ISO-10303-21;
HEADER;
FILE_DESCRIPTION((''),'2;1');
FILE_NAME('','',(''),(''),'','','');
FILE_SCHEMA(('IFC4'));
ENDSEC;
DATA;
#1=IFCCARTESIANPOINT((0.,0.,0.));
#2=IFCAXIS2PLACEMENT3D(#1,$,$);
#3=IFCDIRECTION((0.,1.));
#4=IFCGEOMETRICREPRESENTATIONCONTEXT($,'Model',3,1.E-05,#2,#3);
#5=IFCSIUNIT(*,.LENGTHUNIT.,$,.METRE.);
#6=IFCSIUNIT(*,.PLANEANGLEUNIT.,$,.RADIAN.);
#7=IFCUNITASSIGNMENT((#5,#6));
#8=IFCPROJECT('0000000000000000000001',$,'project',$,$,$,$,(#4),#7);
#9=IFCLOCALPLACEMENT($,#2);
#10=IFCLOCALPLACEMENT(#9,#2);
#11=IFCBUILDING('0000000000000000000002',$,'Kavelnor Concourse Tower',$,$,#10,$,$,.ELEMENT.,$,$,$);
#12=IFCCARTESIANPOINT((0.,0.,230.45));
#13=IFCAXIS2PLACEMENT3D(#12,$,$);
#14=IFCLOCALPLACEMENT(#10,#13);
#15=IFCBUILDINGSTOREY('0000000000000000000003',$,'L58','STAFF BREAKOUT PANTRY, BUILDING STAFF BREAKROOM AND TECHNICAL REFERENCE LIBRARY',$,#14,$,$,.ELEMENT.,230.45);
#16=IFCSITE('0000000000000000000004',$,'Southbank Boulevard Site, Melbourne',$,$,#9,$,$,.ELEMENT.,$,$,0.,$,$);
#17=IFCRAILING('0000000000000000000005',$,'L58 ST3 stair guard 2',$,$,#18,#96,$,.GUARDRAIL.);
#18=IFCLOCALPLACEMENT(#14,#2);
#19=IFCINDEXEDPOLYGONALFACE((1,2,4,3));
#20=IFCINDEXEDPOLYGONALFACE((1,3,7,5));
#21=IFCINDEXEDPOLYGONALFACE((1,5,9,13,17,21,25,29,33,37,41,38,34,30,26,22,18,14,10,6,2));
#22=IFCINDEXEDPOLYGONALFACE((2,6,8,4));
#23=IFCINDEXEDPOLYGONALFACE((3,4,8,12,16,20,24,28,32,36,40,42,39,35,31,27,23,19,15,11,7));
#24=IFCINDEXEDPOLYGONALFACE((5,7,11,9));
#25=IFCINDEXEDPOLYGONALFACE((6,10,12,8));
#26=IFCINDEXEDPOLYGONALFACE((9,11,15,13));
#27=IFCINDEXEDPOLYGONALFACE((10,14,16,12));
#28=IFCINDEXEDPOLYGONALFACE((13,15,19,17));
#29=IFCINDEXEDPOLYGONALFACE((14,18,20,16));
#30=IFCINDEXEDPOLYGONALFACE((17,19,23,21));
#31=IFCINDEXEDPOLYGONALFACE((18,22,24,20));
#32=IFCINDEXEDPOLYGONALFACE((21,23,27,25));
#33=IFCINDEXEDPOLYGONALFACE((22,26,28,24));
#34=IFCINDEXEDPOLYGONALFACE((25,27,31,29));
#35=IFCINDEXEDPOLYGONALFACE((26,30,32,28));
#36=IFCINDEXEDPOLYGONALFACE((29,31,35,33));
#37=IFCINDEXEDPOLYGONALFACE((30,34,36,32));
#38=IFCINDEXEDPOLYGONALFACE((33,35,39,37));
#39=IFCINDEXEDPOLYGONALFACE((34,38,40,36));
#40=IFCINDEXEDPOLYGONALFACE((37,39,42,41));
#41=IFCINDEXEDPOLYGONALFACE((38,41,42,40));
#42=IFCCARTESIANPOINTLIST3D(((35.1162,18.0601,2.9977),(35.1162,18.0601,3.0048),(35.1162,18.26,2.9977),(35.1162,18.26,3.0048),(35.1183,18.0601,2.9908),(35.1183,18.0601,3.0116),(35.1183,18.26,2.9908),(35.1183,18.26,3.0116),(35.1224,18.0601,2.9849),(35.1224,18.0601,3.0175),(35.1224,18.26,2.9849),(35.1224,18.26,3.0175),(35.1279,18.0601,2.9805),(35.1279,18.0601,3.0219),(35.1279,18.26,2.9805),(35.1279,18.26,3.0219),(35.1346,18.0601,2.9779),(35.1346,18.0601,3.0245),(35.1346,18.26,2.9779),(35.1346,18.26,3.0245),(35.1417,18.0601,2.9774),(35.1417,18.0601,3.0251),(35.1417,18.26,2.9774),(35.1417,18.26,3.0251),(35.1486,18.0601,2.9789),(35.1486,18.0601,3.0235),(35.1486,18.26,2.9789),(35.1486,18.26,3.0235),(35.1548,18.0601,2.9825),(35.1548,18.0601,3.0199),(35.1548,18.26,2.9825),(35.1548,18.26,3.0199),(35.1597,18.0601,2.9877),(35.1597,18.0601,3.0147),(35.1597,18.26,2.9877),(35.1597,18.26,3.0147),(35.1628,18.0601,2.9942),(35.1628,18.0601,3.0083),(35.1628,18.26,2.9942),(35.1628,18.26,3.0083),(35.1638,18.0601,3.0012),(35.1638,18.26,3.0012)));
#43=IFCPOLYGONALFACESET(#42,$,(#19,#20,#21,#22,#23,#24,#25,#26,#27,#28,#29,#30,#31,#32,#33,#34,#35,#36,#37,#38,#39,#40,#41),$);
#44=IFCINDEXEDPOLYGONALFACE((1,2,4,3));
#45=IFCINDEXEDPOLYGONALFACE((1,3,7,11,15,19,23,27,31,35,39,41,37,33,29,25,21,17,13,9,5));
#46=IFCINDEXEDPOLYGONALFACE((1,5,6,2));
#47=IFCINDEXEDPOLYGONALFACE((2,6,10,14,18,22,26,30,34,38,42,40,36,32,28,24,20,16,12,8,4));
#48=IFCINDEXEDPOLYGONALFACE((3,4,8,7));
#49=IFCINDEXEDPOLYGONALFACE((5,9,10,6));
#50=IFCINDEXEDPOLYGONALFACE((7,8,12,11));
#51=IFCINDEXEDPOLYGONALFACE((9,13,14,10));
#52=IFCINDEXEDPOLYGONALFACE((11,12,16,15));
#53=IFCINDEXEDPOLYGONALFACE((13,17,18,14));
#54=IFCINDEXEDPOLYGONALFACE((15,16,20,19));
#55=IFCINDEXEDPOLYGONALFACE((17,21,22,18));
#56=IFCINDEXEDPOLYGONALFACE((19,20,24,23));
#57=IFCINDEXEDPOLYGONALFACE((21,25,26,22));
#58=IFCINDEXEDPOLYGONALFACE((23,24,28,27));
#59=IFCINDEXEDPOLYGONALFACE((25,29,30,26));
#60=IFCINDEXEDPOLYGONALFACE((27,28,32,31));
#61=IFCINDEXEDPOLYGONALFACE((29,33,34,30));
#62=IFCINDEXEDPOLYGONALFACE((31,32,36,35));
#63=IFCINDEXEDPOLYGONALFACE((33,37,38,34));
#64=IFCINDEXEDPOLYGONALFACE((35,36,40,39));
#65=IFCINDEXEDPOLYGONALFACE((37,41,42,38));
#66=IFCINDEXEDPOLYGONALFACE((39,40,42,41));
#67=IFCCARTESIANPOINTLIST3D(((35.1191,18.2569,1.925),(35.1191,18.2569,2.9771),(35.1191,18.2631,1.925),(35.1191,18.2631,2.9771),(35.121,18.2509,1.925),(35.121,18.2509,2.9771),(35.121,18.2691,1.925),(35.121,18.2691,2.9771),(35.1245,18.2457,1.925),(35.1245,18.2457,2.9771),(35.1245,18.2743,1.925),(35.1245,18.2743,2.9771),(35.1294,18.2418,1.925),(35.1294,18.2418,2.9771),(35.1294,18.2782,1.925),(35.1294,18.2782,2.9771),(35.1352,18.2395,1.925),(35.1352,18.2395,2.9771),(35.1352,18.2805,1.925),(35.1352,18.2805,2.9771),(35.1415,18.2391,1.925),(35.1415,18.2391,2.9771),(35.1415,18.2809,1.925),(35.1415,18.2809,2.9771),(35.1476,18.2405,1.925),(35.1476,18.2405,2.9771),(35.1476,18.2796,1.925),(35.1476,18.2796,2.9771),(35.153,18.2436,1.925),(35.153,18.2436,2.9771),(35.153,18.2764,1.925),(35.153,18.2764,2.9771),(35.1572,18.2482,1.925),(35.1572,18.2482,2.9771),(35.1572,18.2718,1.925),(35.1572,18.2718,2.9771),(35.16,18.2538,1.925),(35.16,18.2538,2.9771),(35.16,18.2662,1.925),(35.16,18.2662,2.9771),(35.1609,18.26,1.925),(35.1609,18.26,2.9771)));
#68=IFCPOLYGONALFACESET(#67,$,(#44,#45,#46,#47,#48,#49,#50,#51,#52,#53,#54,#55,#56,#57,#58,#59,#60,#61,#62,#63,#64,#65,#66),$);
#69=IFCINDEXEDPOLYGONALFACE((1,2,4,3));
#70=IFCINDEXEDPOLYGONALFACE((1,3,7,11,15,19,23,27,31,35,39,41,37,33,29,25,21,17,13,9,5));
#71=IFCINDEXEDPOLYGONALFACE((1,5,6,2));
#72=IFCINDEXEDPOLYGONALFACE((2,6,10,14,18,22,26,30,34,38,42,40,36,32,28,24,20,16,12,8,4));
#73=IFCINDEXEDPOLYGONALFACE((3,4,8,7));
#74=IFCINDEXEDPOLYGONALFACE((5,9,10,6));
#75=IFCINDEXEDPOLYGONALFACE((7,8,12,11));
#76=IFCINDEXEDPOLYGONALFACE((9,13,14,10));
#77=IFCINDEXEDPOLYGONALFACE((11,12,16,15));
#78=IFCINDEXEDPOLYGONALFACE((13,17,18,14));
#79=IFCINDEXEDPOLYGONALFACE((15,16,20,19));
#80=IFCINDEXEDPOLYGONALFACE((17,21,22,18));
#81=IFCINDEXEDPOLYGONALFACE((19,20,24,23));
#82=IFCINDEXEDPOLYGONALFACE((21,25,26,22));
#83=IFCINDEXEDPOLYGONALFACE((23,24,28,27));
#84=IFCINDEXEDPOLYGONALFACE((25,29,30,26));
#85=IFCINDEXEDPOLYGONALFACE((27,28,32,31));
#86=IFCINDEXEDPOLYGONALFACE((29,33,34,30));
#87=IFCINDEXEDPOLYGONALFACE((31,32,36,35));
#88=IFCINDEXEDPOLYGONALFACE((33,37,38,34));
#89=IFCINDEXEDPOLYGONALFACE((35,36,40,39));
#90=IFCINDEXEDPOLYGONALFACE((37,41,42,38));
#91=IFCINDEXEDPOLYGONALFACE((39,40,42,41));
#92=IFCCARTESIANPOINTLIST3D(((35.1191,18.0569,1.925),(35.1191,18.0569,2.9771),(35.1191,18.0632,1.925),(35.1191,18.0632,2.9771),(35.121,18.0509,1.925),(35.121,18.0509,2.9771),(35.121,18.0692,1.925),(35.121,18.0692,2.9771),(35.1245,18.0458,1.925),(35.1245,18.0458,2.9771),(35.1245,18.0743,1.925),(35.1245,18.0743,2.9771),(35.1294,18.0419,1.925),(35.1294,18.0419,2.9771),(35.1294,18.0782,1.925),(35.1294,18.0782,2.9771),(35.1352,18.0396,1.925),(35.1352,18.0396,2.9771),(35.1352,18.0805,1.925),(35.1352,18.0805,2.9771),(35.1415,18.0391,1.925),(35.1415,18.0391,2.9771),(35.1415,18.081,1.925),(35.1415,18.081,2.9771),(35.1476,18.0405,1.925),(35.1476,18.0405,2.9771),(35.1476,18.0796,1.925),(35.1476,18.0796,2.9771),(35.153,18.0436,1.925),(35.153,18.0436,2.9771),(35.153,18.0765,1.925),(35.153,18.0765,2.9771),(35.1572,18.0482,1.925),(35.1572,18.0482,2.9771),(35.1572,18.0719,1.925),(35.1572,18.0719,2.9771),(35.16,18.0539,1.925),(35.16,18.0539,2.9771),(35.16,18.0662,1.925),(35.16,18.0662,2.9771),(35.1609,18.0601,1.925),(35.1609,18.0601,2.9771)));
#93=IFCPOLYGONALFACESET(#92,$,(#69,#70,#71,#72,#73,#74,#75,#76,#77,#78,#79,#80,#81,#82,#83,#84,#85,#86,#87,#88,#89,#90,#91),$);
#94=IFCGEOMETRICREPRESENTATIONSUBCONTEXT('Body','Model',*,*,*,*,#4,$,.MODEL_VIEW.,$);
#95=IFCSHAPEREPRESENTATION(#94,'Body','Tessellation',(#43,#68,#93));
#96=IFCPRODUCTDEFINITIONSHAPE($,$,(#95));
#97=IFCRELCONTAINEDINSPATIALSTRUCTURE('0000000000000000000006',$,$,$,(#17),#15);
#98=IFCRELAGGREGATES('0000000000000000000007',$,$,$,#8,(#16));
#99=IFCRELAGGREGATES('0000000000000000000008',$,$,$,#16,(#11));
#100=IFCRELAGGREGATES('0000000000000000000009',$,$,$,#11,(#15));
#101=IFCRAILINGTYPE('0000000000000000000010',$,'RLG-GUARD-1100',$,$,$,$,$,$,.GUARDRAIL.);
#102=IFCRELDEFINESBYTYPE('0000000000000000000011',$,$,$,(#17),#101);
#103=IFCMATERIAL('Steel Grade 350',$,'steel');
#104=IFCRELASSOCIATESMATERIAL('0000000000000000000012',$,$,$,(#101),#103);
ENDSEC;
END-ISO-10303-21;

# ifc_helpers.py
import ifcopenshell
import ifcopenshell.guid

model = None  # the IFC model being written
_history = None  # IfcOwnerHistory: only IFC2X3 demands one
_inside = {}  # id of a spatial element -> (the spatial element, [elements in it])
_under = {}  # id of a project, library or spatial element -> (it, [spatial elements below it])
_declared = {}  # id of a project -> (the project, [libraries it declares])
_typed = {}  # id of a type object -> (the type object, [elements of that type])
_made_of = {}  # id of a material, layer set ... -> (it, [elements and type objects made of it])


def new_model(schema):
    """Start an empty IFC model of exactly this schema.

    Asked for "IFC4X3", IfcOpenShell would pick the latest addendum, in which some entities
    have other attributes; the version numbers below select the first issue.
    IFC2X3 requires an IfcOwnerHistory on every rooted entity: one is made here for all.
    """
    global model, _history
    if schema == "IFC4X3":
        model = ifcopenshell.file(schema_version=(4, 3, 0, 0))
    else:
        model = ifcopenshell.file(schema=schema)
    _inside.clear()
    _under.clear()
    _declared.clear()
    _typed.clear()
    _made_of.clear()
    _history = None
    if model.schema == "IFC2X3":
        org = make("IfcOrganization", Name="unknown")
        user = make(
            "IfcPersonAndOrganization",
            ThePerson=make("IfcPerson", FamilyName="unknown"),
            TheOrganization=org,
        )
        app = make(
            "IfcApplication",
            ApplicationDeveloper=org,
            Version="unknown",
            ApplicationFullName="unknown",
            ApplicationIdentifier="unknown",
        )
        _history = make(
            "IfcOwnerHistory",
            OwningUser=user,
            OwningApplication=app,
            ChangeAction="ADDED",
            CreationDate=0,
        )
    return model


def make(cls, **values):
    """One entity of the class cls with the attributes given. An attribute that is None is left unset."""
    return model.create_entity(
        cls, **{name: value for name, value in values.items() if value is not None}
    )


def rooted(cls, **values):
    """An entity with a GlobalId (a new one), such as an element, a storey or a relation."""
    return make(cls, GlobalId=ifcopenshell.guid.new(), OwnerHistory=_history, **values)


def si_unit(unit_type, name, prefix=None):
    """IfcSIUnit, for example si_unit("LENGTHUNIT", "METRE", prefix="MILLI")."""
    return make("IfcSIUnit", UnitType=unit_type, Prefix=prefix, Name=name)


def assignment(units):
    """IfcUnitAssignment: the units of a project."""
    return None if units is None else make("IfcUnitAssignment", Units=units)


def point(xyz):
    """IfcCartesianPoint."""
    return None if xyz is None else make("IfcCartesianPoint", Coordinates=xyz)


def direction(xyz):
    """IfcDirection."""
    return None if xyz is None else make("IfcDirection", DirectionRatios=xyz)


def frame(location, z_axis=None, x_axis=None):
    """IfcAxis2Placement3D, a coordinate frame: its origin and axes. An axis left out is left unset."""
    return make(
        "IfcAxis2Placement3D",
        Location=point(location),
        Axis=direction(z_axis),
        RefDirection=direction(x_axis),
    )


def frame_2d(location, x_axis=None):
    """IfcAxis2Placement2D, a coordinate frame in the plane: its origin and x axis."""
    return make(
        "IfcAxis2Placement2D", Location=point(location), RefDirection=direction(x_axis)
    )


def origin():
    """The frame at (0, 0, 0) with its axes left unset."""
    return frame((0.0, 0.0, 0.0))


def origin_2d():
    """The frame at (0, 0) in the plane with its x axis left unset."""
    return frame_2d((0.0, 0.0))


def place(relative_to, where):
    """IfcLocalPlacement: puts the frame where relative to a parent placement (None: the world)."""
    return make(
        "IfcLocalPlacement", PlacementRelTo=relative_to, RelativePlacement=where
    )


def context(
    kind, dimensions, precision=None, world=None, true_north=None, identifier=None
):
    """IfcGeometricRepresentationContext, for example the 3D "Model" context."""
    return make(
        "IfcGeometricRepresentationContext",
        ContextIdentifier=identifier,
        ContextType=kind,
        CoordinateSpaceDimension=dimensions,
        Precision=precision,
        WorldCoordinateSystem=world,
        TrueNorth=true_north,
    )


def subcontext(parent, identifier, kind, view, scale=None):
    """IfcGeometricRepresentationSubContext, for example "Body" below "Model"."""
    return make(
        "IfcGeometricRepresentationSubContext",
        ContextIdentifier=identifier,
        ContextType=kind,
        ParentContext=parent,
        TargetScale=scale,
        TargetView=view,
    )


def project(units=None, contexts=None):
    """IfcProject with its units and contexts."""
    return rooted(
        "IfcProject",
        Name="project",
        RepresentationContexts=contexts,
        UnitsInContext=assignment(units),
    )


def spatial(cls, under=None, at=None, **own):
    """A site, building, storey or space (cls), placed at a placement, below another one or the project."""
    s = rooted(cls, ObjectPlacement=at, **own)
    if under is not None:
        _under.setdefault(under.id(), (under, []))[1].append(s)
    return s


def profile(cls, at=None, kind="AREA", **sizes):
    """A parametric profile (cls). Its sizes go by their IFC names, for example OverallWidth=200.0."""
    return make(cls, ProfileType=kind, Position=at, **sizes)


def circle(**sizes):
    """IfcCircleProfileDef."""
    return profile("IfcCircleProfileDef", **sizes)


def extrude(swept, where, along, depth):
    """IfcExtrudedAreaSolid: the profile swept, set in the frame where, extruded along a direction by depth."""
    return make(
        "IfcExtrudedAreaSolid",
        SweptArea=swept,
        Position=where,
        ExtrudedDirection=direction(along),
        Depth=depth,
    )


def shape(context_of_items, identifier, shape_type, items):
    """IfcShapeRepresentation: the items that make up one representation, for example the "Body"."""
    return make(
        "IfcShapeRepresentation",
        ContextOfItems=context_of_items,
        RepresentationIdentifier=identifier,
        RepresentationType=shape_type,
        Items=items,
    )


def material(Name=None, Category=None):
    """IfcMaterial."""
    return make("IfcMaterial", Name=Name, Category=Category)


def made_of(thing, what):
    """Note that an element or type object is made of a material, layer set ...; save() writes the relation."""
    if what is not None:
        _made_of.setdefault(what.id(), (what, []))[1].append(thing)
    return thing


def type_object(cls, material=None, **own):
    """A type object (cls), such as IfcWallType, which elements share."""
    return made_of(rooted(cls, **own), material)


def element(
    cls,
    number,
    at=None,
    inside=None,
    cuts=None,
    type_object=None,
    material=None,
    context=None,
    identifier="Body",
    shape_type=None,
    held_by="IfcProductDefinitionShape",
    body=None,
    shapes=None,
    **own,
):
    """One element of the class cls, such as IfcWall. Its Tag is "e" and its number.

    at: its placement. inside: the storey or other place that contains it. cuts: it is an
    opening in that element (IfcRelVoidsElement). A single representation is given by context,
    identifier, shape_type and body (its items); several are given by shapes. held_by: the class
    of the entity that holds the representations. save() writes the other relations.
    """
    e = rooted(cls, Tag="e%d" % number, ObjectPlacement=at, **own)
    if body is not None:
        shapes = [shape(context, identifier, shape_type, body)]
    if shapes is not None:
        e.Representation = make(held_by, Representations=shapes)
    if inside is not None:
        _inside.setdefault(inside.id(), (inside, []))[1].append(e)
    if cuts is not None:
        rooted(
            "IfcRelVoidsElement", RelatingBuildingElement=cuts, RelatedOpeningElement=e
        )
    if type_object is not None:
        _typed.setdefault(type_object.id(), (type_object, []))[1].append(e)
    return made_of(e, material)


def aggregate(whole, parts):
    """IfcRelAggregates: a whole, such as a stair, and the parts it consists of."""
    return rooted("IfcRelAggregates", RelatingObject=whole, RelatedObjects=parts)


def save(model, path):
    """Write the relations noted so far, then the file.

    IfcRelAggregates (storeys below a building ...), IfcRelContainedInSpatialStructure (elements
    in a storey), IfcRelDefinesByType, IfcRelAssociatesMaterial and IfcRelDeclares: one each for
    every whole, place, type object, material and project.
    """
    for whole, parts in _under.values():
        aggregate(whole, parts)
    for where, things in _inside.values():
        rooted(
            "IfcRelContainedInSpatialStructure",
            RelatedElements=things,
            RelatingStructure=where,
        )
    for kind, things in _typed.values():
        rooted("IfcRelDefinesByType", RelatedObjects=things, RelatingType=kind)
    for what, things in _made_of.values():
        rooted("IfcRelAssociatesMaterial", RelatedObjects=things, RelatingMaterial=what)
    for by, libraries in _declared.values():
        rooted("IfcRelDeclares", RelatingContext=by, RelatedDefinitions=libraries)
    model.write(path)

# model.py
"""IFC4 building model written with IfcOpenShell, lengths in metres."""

from ifc_helpers import new_model, si_unit, direction, frame, origin, origin_2d, place, context, subcontext, project, spatial, circle, extrude, material, type_object, element, save


model = new_model("IFC4")

# Units and contexts
model_context = context("Model", 3, precision=1e-05, world=origin(), true_north=direction((0.0, 1.0)))
body_context = subcontext(model_context, "Body", "Model", "MODEL_VIEW")
ifc_project = project(units=[si_unit("LENGTHUNIT", "METRE"), si_unit("PLANEANGLEUNIT", "RADIAN")], contexts=[model_context])

# Site, building, storey
site_placement = place(None, origin())
site = spatial("IfcSite", under=ifc_project, at=site_placement, Name="Southbank Boulevard Site, Melbourne", CompositionType="ELEMENT", RefElevation=0.0)
building_placement = place(site_placement, origin())
building = spatial("IfcBuilding", under=site, at=building_placement, Name="Kavelnor Concourse Tower", CompositionType="ELEMENT")
storey_placement = place(building_placement, frame((0.0, 0.0, 230.45)))
storey = spatial("IfcBuildingStorey", under=building, at=storey_placement, Name="L58", Description="STAFF BREAKOUT PANTRY, BUILDING STAFF BREAKROOM AND TECHNICAL REFERENCE LIBRARY", CompositionType="ELEMENT", Elevation=230.45)

# Shared definitions
ifc_material_1 = material(Name="Steel Grade 350", Category="steel")

# Railing
railing_type_1 = type_object("IfcRailingType", Name="RLG-GUARD-1100", PredefinedType="GUARDRAIL", material=ifc_material_1)
railing_1_placement = place(storey_placement, frame((35.1399, 18.26, 1.925)))
element("IfcRailing", 1, at=railing_1_placement, inside=storey, type_object=railing_type_1, Name="L58 ST3 stair guard 2", PredefinedType="GUARDRAIL", context=body_context, shape_type="SweptSolid", body=[
    extrude(circle(Radius=0.0239, at=origin_2d()), frame((0.0, 0.0, 1.0762), z_axis=(0.0, -1.0, 0.0), x_axis=(1.0, 0.0, 0.0)), (0.0, 0.0, 1.0), 0.2),
    extrude(circle(Radius=0.021, at=origin_2d()), origin(), (0.0, 0.0, 1.0), 1.052),
    extrude(circle(Radius=0.021, at=origin_2d()), frame((0.0, -0.2, 0.0)), (0.0, 0.0, 1.0), 1.052),
])

save(model, "model.ifc")
